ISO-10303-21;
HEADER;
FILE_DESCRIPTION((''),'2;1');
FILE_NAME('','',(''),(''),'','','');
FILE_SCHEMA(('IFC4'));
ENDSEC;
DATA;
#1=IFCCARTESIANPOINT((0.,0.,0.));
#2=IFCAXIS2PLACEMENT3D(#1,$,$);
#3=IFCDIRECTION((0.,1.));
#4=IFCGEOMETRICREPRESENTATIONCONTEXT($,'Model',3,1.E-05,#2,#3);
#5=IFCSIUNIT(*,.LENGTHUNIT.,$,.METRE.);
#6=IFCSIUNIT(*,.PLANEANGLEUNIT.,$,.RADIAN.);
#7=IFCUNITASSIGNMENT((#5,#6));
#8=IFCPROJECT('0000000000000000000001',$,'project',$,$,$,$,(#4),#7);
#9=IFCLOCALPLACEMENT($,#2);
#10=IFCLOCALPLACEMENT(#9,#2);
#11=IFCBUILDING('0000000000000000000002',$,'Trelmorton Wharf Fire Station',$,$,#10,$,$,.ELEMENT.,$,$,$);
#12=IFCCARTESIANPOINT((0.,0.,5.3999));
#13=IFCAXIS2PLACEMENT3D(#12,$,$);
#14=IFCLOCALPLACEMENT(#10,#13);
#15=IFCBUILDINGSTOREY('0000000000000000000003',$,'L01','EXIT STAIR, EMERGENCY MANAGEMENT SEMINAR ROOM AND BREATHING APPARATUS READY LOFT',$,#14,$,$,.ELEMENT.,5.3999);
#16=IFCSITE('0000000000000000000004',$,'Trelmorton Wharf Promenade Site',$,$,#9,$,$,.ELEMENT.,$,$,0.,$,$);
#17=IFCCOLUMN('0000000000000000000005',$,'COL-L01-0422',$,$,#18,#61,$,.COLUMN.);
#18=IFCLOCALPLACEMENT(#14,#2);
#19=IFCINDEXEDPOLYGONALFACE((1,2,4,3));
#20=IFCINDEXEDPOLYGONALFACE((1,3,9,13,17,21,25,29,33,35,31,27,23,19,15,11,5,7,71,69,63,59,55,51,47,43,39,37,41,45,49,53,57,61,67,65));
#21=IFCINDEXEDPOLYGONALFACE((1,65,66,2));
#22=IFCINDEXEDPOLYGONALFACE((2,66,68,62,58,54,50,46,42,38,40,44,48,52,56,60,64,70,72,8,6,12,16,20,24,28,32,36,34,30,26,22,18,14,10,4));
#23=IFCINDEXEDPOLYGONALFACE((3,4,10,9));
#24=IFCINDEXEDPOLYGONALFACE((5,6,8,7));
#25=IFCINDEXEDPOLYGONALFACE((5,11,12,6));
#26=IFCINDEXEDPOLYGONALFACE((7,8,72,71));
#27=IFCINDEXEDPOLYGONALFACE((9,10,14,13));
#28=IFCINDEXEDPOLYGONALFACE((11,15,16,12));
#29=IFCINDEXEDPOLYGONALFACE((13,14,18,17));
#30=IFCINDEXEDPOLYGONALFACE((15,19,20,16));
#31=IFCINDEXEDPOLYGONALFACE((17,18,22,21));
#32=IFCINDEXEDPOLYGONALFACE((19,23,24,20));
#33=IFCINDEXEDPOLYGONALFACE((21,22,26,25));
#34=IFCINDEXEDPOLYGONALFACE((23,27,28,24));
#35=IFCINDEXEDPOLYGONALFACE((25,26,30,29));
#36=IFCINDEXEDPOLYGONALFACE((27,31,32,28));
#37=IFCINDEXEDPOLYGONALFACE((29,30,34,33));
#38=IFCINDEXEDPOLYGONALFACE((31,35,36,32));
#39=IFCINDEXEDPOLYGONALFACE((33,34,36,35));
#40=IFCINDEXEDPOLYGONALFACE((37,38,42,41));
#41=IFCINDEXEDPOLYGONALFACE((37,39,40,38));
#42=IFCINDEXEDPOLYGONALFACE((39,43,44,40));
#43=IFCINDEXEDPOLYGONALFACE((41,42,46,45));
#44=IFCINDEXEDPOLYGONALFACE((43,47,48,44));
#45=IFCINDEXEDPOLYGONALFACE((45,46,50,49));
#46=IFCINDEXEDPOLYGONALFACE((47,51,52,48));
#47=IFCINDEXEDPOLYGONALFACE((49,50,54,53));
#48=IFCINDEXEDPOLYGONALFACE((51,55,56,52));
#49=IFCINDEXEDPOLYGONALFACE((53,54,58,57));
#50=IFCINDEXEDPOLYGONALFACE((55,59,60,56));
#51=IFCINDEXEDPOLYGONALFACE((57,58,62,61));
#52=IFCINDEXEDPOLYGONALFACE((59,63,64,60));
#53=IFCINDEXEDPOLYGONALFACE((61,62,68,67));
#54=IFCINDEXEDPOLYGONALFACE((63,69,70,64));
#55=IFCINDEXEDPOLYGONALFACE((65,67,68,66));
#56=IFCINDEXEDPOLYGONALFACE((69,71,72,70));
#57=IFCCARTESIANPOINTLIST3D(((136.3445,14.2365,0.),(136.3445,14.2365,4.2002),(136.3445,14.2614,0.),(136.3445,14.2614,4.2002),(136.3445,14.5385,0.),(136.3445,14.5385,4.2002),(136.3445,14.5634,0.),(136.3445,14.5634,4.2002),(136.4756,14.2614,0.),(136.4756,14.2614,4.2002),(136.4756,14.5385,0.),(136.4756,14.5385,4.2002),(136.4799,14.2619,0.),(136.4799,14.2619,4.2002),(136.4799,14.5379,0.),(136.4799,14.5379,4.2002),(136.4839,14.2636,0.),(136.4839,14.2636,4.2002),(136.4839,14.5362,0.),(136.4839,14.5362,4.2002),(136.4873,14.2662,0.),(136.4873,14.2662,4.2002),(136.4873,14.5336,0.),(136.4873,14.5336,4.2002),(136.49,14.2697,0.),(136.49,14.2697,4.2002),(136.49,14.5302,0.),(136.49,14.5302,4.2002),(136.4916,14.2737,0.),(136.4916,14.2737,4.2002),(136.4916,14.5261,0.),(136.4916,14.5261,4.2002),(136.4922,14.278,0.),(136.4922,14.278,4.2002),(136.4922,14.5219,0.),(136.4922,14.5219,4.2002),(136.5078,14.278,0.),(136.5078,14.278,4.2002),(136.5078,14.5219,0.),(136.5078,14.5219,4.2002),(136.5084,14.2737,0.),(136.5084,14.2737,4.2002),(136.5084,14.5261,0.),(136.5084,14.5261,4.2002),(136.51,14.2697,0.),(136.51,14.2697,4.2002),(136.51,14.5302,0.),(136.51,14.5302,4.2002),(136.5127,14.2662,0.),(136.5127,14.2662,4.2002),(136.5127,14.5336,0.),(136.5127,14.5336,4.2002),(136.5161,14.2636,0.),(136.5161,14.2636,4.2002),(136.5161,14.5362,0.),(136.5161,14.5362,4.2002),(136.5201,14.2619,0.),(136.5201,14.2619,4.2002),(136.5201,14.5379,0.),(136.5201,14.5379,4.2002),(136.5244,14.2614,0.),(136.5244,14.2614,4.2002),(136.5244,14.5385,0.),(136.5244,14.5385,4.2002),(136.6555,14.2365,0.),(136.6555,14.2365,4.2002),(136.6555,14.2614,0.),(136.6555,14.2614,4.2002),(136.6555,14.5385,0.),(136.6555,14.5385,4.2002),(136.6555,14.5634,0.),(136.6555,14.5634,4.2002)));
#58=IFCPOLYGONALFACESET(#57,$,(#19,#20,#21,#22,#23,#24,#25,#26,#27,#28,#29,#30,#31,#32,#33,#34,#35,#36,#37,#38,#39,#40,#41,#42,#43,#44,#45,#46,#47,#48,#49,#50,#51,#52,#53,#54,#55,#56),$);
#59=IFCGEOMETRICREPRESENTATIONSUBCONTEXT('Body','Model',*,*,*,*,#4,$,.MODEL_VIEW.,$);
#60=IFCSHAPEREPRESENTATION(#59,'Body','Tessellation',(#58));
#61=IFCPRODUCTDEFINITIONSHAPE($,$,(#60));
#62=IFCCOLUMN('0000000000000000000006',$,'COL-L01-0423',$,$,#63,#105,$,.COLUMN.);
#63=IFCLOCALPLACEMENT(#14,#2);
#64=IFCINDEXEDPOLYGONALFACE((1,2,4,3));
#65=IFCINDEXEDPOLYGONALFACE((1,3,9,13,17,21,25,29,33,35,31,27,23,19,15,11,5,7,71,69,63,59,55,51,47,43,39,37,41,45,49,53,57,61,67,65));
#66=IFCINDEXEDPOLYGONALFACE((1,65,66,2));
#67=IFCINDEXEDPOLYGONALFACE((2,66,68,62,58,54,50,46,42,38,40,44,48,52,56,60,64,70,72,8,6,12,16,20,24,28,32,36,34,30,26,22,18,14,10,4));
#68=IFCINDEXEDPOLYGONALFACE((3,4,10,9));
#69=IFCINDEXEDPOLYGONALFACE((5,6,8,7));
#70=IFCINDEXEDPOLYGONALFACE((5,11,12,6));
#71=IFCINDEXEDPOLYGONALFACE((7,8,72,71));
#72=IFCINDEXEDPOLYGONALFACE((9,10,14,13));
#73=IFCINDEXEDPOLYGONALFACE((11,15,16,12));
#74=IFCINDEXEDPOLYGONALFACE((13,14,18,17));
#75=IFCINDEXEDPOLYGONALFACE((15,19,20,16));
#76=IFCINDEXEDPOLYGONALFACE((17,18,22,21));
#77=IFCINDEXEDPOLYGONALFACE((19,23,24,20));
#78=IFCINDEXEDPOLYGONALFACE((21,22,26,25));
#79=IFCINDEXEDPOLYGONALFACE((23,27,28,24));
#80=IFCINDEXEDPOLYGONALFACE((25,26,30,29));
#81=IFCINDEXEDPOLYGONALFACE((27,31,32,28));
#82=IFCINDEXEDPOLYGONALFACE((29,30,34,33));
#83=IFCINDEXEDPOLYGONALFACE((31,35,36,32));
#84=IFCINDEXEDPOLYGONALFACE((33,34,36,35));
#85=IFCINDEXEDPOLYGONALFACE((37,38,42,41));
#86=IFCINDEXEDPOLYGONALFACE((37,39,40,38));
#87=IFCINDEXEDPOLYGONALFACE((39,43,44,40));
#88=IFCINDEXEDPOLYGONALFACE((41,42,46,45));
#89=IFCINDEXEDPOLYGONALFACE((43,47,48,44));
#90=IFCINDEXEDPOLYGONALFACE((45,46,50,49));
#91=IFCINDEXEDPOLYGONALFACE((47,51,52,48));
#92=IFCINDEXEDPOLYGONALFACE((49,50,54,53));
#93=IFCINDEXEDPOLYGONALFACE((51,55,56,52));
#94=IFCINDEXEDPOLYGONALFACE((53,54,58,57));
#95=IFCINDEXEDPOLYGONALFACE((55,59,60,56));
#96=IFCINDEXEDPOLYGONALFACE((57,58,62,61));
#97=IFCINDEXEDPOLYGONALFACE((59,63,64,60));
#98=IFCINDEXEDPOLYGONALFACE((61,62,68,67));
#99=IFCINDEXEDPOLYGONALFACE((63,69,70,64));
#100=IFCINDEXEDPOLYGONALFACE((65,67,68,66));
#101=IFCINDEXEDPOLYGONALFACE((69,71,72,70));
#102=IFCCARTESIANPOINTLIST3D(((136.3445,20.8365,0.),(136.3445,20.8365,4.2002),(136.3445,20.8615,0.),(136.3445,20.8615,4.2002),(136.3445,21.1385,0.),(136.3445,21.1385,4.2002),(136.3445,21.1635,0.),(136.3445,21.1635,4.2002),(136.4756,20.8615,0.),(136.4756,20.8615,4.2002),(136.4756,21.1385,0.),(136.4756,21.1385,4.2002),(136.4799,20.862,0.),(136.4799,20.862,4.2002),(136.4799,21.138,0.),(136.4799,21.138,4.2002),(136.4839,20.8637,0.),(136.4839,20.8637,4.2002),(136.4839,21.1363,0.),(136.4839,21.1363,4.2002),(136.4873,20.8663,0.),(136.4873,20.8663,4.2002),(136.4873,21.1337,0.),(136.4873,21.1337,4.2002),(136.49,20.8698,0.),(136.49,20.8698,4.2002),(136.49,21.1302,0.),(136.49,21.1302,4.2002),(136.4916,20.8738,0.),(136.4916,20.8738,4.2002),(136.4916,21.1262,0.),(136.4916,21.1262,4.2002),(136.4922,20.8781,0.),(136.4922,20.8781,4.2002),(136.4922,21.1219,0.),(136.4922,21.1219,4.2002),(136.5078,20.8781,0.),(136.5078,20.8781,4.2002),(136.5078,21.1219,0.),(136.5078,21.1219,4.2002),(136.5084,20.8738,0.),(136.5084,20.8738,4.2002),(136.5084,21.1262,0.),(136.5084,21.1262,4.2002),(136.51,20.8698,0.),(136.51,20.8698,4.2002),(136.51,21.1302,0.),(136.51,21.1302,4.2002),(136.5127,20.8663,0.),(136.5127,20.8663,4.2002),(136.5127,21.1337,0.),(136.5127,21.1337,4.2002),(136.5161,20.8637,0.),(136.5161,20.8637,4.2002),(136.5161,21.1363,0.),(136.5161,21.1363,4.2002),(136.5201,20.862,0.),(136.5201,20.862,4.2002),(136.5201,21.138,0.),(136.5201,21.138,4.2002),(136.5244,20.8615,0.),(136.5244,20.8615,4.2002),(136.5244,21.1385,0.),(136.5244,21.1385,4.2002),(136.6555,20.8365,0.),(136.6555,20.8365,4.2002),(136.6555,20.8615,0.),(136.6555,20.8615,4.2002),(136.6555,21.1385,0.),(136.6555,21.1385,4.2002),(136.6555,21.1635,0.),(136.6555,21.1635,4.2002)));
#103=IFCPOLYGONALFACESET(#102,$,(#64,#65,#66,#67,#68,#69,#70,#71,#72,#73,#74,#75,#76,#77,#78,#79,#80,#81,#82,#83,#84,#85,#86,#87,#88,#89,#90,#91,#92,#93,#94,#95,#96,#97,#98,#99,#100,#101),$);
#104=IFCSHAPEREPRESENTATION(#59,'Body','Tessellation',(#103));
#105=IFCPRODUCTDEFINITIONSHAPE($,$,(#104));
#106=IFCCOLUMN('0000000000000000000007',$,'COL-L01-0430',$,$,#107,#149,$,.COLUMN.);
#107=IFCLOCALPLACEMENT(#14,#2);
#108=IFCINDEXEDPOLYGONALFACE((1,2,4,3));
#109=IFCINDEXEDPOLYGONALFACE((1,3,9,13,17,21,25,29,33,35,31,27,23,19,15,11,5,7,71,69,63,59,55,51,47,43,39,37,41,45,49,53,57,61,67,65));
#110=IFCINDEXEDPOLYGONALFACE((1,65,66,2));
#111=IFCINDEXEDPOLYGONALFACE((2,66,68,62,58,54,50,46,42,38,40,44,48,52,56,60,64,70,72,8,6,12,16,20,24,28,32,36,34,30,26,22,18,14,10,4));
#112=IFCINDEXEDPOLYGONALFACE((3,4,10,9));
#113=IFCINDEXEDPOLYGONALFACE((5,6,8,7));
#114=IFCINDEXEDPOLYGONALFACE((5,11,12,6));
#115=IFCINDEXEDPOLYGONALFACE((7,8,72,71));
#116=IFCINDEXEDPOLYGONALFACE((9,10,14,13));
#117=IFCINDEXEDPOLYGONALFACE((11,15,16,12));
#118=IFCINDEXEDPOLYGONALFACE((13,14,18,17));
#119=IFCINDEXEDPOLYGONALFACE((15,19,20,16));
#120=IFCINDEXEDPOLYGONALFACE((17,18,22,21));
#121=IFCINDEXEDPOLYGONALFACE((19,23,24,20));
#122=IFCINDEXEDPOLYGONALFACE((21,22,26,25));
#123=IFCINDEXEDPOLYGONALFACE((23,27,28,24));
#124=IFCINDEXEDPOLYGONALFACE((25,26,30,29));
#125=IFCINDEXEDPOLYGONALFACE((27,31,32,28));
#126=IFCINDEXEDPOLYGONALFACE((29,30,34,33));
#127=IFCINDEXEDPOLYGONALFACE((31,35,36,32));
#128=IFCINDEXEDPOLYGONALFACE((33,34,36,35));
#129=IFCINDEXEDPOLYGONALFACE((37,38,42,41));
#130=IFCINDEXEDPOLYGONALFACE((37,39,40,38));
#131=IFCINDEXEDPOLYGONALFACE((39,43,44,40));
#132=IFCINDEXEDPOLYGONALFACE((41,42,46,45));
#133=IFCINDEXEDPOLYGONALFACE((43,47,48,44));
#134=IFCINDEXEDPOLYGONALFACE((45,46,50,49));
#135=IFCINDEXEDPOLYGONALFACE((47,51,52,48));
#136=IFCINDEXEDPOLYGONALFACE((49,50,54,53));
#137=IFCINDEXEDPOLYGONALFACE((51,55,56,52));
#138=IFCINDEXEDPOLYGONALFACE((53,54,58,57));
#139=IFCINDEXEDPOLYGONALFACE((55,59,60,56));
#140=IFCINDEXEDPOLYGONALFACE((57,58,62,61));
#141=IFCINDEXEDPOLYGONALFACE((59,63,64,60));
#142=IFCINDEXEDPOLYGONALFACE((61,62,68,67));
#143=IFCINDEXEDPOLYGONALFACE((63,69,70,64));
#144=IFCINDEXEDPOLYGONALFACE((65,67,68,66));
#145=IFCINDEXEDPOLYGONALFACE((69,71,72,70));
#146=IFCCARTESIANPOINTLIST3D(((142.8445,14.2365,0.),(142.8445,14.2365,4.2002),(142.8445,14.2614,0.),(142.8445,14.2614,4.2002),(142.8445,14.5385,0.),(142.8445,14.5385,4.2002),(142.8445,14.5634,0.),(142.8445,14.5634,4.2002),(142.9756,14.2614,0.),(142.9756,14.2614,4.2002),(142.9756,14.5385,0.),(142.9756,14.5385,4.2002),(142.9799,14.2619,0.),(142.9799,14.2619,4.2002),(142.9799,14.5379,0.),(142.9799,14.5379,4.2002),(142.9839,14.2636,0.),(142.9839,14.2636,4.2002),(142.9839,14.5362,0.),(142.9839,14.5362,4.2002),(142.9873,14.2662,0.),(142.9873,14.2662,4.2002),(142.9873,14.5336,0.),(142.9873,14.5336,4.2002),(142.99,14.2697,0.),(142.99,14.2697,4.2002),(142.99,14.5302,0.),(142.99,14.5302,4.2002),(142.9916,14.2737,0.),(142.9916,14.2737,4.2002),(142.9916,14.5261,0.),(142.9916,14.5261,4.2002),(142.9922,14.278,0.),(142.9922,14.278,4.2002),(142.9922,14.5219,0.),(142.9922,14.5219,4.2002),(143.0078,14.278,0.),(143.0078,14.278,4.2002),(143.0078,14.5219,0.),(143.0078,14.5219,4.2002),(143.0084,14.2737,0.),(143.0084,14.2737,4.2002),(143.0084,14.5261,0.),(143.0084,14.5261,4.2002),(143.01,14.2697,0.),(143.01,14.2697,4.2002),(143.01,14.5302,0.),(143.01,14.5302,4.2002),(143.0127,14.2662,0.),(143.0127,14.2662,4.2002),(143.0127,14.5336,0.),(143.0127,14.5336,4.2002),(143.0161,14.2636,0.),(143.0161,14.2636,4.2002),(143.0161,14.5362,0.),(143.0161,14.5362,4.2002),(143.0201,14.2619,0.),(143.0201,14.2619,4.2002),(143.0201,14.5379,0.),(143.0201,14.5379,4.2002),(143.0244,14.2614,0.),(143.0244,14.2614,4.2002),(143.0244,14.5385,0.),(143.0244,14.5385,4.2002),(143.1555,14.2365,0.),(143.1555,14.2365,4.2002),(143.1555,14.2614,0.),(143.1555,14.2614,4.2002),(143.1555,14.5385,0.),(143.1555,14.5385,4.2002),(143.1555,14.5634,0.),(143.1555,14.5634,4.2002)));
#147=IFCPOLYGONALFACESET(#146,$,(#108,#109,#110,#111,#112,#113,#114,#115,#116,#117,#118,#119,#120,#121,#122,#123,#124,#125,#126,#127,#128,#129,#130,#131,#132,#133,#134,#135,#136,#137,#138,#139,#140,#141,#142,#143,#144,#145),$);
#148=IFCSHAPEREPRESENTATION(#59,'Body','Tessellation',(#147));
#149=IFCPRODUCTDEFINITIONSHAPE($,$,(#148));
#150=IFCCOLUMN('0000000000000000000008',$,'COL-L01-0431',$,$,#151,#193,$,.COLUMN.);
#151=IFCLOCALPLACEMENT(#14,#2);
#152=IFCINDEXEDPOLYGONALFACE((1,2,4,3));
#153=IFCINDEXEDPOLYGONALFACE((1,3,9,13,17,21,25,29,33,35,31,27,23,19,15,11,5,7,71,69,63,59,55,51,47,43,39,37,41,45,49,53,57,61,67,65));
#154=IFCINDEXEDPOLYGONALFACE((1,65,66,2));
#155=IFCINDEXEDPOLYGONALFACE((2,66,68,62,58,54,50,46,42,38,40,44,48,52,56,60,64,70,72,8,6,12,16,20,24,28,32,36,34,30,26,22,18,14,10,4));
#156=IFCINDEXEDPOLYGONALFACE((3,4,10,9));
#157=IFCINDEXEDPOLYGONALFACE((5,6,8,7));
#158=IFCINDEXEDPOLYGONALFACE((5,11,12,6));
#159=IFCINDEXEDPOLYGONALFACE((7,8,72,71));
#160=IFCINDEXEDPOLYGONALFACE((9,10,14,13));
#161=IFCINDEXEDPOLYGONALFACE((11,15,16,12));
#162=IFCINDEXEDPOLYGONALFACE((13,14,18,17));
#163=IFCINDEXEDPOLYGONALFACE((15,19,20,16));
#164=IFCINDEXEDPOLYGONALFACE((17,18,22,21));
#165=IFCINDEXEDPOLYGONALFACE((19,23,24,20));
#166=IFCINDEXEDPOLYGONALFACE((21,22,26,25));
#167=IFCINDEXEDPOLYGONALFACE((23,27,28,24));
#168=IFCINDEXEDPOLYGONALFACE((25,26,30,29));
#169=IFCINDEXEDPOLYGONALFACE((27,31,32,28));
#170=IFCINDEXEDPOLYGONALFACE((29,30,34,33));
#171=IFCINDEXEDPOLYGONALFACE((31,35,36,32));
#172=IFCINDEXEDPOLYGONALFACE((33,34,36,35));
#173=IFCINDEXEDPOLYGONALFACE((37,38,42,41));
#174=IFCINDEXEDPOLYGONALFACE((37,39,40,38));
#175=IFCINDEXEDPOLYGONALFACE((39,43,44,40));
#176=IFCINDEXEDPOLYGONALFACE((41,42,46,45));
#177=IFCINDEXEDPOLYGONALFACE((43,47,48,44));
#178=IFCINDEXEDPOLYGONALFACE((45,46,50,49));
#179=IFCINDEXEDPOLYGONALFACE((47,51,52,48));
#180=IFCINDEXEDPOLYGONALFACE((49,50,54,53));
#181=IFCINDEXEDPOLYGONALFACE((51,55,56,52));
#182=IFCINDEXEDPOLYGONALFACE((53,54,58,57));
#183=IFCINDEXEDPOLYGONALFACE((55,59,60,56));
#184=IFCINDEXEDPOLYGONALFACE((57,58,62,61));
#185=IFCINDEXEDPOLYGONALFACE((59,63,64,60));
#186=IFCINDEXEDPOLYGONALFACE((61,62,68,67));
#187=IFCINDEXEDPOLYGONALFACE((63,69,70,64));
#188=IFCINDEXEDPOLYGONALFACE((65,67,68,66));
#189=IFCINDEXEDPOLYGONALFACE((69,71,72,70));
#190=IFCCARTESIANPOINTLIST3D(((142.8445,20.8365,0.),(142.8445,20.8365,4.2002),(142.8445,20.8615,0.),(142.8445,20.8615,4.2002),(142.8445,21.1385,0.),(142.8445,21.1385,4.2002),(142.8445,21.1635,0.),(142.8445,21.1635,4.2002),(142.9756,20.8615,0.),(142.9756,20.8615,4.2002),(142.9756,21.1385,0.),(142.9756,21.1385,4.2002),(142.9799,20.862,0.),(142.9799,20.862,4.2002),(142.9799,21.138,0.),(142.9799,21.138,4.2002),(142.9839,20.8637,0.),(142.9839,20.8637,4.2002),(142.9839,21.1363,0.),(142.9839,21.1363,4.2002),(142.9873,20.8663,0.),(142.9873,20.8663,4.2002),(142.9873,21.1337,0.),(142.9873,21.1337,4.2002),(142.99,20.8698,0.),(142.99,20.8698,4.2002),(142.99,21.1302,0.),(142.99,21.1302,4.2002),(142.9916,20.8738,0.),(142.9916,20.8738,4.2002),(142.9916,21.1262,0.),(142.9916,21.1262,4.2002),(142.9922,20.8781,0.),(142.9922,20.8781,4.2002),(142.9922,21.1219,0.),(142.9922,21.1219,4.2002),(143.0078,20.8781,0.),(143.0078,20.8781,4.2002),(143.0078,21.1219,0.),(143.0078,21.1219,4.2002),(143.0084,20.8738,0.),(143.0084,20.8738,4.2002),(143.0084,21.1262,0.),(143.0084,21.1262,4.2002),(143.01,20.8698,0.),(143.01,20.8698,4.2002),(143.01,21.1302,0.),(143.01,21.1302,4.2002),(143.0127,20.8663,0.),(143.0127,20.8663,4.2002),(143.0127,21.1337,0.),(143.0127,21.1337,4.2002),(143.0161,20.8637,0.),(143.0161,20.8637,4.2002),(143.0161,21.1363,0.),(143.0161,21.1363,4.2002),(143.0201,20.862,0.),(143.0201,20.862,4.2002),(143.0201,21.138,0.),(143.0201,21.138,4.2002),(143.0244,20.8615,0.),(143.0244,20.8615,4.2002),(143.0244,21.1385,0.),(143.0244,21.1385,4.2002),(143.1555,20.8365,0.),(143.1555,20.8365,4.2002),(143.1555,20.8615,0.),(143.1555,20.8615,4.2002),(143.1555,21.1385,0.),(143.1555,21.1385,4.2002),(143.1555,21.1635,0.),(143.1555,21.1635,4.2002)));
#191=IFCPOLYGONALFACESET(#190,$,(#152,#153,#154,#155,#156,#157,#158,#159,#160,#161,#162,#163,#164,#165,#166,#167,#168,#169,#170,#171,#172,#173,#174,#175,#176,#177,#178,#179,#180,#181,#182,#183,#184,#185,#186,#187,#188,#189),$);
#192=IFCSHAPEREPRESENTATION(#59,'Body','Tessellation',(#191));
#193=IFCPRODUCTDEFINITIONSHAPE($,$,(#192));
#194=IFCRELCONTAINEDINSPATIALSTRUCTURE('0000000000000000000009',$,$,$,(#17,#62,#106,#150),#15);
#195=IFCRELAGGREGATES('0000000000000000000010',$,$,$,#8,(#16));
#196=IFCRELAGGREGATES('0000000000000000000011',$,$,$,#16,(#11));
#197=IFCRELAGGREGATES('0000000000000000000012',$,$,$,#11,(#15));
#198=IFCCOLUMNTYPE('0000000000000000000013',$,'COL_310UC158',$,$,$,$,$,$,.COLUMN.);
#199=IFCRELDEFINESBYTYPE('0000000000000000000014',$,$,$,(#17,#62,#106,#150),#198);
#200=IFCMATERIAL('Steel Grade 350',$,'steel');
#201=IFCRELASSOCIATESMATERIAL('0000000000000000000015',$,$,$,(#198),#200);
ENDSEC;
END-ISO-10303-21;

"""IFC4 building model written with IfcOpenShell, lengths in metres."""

from ifc_helpers import new_model, si_unit, direction, frame, origin, origin_2d, place, context, subcontext, project, spatial, i_section, extrude, material, material_profile, profile_set, type_object, element, save


model = new_model("IFC4")

# Units and contexts
model_context = context("Model", 3, precision=1e-05, world=origin(), true_north=direction((0.0, 1.0)))
body_context = subcontext(model_context, "Body", "Model", "MODEL_VIEW")
ifc_project = project(units=[si_unit("LENGTHUNIT", "METRE"), si_unit("PLANEANGLEUNIT", "RADIAN")], contexts=[model_context])

# Site, building, storey
site_placement = place(None, origin())
site = spatial("IfcSite", under=ifc_project, at=site_placement, Name="Trelmorton Wharf Promenade Site", CompositionType="ELEMENT", RefElevation=0.0)
building_placement = place(site_placement, origin())
building = spatial("IfcBuilding", under=site, at=building_placement, Name="Trelmorton Wharf Fire Station", CompositionType="ELEMENT")
storey_placement = place(building_placement, frame((0.0, 0.0, 5.3999)))
storey = spatial("IfcBuildingStorey", under=building, at=storey_placement, Name="L01", Description="EXIT STAIR, EMERGENCY MANAGEMENT SEMINAR ROOM AND BREATHING APPARATUS READY LOFT", CompositionType="ELEMENT", Elevation=5.3999)

# Columns
ifc_material_1 = material(Name="Steel Grade 350", Category="steel")
ifc_material_profile_1 = material_profile(ifc_material_1, i_section(OverallWidth=0.311, OverallDepth=0.3269, WebThickness=0.0156, FlangeThickness=0.0249, FilletRadius=0.0166, at=origin_2d()), Name="310UC158")
ifc_profile_set_1 = profile_set([ifc_material_profile_1], Name="Steel Grade 350")
column_type = type_object("IfcColumnType", Name="COL_310UC158", PredefinedType="COLUMN", material=ifc_profile_set_1)
for number, where, z_axis, x_axis, name in (
    (1, (136.5, 14.3999, 0.0), (0.0, 0.0, 1.0), (1.0, 0.0, 0.0), "COL-L01-0422"),
    (2, (136.5, 21.0, 0.0), (0.0, 0.0, 1.0), (1.0, 0.0, 0.0), "COL-L01-0423"),
    (3, (143.0, 14.3999, 0.0), (0.0, 0.0, 1.0), (1.0, 0.0, 0.0), "COL-L01-0430"),
    (4, (143.0, 21.0, 0.0), (0.0, 0.0, 1.0), (1.0, 0.0, 0.0), "COL-L01-0431"),
):
    element("IfcColumn", number, at=place(storey_placement, frame(where, z_axis=z_axis, x_axis=x_axis)), inside=storey, type_object=column_type, Name=name, PredefinedType="COLUMN", context=body_context, shape_type="SweptSolid", body=[
        extrude(i_section(OverallWidth=0.311, OverallDepth=0.3269, WebThickness=0.0156, FlangeThickness=0.0249, FilletRadius=0.0166, at=origin_2d()), origin(), (0.0, 0.0, 1.0), 4.2002),
    ])

save(model, "model.ifc")
